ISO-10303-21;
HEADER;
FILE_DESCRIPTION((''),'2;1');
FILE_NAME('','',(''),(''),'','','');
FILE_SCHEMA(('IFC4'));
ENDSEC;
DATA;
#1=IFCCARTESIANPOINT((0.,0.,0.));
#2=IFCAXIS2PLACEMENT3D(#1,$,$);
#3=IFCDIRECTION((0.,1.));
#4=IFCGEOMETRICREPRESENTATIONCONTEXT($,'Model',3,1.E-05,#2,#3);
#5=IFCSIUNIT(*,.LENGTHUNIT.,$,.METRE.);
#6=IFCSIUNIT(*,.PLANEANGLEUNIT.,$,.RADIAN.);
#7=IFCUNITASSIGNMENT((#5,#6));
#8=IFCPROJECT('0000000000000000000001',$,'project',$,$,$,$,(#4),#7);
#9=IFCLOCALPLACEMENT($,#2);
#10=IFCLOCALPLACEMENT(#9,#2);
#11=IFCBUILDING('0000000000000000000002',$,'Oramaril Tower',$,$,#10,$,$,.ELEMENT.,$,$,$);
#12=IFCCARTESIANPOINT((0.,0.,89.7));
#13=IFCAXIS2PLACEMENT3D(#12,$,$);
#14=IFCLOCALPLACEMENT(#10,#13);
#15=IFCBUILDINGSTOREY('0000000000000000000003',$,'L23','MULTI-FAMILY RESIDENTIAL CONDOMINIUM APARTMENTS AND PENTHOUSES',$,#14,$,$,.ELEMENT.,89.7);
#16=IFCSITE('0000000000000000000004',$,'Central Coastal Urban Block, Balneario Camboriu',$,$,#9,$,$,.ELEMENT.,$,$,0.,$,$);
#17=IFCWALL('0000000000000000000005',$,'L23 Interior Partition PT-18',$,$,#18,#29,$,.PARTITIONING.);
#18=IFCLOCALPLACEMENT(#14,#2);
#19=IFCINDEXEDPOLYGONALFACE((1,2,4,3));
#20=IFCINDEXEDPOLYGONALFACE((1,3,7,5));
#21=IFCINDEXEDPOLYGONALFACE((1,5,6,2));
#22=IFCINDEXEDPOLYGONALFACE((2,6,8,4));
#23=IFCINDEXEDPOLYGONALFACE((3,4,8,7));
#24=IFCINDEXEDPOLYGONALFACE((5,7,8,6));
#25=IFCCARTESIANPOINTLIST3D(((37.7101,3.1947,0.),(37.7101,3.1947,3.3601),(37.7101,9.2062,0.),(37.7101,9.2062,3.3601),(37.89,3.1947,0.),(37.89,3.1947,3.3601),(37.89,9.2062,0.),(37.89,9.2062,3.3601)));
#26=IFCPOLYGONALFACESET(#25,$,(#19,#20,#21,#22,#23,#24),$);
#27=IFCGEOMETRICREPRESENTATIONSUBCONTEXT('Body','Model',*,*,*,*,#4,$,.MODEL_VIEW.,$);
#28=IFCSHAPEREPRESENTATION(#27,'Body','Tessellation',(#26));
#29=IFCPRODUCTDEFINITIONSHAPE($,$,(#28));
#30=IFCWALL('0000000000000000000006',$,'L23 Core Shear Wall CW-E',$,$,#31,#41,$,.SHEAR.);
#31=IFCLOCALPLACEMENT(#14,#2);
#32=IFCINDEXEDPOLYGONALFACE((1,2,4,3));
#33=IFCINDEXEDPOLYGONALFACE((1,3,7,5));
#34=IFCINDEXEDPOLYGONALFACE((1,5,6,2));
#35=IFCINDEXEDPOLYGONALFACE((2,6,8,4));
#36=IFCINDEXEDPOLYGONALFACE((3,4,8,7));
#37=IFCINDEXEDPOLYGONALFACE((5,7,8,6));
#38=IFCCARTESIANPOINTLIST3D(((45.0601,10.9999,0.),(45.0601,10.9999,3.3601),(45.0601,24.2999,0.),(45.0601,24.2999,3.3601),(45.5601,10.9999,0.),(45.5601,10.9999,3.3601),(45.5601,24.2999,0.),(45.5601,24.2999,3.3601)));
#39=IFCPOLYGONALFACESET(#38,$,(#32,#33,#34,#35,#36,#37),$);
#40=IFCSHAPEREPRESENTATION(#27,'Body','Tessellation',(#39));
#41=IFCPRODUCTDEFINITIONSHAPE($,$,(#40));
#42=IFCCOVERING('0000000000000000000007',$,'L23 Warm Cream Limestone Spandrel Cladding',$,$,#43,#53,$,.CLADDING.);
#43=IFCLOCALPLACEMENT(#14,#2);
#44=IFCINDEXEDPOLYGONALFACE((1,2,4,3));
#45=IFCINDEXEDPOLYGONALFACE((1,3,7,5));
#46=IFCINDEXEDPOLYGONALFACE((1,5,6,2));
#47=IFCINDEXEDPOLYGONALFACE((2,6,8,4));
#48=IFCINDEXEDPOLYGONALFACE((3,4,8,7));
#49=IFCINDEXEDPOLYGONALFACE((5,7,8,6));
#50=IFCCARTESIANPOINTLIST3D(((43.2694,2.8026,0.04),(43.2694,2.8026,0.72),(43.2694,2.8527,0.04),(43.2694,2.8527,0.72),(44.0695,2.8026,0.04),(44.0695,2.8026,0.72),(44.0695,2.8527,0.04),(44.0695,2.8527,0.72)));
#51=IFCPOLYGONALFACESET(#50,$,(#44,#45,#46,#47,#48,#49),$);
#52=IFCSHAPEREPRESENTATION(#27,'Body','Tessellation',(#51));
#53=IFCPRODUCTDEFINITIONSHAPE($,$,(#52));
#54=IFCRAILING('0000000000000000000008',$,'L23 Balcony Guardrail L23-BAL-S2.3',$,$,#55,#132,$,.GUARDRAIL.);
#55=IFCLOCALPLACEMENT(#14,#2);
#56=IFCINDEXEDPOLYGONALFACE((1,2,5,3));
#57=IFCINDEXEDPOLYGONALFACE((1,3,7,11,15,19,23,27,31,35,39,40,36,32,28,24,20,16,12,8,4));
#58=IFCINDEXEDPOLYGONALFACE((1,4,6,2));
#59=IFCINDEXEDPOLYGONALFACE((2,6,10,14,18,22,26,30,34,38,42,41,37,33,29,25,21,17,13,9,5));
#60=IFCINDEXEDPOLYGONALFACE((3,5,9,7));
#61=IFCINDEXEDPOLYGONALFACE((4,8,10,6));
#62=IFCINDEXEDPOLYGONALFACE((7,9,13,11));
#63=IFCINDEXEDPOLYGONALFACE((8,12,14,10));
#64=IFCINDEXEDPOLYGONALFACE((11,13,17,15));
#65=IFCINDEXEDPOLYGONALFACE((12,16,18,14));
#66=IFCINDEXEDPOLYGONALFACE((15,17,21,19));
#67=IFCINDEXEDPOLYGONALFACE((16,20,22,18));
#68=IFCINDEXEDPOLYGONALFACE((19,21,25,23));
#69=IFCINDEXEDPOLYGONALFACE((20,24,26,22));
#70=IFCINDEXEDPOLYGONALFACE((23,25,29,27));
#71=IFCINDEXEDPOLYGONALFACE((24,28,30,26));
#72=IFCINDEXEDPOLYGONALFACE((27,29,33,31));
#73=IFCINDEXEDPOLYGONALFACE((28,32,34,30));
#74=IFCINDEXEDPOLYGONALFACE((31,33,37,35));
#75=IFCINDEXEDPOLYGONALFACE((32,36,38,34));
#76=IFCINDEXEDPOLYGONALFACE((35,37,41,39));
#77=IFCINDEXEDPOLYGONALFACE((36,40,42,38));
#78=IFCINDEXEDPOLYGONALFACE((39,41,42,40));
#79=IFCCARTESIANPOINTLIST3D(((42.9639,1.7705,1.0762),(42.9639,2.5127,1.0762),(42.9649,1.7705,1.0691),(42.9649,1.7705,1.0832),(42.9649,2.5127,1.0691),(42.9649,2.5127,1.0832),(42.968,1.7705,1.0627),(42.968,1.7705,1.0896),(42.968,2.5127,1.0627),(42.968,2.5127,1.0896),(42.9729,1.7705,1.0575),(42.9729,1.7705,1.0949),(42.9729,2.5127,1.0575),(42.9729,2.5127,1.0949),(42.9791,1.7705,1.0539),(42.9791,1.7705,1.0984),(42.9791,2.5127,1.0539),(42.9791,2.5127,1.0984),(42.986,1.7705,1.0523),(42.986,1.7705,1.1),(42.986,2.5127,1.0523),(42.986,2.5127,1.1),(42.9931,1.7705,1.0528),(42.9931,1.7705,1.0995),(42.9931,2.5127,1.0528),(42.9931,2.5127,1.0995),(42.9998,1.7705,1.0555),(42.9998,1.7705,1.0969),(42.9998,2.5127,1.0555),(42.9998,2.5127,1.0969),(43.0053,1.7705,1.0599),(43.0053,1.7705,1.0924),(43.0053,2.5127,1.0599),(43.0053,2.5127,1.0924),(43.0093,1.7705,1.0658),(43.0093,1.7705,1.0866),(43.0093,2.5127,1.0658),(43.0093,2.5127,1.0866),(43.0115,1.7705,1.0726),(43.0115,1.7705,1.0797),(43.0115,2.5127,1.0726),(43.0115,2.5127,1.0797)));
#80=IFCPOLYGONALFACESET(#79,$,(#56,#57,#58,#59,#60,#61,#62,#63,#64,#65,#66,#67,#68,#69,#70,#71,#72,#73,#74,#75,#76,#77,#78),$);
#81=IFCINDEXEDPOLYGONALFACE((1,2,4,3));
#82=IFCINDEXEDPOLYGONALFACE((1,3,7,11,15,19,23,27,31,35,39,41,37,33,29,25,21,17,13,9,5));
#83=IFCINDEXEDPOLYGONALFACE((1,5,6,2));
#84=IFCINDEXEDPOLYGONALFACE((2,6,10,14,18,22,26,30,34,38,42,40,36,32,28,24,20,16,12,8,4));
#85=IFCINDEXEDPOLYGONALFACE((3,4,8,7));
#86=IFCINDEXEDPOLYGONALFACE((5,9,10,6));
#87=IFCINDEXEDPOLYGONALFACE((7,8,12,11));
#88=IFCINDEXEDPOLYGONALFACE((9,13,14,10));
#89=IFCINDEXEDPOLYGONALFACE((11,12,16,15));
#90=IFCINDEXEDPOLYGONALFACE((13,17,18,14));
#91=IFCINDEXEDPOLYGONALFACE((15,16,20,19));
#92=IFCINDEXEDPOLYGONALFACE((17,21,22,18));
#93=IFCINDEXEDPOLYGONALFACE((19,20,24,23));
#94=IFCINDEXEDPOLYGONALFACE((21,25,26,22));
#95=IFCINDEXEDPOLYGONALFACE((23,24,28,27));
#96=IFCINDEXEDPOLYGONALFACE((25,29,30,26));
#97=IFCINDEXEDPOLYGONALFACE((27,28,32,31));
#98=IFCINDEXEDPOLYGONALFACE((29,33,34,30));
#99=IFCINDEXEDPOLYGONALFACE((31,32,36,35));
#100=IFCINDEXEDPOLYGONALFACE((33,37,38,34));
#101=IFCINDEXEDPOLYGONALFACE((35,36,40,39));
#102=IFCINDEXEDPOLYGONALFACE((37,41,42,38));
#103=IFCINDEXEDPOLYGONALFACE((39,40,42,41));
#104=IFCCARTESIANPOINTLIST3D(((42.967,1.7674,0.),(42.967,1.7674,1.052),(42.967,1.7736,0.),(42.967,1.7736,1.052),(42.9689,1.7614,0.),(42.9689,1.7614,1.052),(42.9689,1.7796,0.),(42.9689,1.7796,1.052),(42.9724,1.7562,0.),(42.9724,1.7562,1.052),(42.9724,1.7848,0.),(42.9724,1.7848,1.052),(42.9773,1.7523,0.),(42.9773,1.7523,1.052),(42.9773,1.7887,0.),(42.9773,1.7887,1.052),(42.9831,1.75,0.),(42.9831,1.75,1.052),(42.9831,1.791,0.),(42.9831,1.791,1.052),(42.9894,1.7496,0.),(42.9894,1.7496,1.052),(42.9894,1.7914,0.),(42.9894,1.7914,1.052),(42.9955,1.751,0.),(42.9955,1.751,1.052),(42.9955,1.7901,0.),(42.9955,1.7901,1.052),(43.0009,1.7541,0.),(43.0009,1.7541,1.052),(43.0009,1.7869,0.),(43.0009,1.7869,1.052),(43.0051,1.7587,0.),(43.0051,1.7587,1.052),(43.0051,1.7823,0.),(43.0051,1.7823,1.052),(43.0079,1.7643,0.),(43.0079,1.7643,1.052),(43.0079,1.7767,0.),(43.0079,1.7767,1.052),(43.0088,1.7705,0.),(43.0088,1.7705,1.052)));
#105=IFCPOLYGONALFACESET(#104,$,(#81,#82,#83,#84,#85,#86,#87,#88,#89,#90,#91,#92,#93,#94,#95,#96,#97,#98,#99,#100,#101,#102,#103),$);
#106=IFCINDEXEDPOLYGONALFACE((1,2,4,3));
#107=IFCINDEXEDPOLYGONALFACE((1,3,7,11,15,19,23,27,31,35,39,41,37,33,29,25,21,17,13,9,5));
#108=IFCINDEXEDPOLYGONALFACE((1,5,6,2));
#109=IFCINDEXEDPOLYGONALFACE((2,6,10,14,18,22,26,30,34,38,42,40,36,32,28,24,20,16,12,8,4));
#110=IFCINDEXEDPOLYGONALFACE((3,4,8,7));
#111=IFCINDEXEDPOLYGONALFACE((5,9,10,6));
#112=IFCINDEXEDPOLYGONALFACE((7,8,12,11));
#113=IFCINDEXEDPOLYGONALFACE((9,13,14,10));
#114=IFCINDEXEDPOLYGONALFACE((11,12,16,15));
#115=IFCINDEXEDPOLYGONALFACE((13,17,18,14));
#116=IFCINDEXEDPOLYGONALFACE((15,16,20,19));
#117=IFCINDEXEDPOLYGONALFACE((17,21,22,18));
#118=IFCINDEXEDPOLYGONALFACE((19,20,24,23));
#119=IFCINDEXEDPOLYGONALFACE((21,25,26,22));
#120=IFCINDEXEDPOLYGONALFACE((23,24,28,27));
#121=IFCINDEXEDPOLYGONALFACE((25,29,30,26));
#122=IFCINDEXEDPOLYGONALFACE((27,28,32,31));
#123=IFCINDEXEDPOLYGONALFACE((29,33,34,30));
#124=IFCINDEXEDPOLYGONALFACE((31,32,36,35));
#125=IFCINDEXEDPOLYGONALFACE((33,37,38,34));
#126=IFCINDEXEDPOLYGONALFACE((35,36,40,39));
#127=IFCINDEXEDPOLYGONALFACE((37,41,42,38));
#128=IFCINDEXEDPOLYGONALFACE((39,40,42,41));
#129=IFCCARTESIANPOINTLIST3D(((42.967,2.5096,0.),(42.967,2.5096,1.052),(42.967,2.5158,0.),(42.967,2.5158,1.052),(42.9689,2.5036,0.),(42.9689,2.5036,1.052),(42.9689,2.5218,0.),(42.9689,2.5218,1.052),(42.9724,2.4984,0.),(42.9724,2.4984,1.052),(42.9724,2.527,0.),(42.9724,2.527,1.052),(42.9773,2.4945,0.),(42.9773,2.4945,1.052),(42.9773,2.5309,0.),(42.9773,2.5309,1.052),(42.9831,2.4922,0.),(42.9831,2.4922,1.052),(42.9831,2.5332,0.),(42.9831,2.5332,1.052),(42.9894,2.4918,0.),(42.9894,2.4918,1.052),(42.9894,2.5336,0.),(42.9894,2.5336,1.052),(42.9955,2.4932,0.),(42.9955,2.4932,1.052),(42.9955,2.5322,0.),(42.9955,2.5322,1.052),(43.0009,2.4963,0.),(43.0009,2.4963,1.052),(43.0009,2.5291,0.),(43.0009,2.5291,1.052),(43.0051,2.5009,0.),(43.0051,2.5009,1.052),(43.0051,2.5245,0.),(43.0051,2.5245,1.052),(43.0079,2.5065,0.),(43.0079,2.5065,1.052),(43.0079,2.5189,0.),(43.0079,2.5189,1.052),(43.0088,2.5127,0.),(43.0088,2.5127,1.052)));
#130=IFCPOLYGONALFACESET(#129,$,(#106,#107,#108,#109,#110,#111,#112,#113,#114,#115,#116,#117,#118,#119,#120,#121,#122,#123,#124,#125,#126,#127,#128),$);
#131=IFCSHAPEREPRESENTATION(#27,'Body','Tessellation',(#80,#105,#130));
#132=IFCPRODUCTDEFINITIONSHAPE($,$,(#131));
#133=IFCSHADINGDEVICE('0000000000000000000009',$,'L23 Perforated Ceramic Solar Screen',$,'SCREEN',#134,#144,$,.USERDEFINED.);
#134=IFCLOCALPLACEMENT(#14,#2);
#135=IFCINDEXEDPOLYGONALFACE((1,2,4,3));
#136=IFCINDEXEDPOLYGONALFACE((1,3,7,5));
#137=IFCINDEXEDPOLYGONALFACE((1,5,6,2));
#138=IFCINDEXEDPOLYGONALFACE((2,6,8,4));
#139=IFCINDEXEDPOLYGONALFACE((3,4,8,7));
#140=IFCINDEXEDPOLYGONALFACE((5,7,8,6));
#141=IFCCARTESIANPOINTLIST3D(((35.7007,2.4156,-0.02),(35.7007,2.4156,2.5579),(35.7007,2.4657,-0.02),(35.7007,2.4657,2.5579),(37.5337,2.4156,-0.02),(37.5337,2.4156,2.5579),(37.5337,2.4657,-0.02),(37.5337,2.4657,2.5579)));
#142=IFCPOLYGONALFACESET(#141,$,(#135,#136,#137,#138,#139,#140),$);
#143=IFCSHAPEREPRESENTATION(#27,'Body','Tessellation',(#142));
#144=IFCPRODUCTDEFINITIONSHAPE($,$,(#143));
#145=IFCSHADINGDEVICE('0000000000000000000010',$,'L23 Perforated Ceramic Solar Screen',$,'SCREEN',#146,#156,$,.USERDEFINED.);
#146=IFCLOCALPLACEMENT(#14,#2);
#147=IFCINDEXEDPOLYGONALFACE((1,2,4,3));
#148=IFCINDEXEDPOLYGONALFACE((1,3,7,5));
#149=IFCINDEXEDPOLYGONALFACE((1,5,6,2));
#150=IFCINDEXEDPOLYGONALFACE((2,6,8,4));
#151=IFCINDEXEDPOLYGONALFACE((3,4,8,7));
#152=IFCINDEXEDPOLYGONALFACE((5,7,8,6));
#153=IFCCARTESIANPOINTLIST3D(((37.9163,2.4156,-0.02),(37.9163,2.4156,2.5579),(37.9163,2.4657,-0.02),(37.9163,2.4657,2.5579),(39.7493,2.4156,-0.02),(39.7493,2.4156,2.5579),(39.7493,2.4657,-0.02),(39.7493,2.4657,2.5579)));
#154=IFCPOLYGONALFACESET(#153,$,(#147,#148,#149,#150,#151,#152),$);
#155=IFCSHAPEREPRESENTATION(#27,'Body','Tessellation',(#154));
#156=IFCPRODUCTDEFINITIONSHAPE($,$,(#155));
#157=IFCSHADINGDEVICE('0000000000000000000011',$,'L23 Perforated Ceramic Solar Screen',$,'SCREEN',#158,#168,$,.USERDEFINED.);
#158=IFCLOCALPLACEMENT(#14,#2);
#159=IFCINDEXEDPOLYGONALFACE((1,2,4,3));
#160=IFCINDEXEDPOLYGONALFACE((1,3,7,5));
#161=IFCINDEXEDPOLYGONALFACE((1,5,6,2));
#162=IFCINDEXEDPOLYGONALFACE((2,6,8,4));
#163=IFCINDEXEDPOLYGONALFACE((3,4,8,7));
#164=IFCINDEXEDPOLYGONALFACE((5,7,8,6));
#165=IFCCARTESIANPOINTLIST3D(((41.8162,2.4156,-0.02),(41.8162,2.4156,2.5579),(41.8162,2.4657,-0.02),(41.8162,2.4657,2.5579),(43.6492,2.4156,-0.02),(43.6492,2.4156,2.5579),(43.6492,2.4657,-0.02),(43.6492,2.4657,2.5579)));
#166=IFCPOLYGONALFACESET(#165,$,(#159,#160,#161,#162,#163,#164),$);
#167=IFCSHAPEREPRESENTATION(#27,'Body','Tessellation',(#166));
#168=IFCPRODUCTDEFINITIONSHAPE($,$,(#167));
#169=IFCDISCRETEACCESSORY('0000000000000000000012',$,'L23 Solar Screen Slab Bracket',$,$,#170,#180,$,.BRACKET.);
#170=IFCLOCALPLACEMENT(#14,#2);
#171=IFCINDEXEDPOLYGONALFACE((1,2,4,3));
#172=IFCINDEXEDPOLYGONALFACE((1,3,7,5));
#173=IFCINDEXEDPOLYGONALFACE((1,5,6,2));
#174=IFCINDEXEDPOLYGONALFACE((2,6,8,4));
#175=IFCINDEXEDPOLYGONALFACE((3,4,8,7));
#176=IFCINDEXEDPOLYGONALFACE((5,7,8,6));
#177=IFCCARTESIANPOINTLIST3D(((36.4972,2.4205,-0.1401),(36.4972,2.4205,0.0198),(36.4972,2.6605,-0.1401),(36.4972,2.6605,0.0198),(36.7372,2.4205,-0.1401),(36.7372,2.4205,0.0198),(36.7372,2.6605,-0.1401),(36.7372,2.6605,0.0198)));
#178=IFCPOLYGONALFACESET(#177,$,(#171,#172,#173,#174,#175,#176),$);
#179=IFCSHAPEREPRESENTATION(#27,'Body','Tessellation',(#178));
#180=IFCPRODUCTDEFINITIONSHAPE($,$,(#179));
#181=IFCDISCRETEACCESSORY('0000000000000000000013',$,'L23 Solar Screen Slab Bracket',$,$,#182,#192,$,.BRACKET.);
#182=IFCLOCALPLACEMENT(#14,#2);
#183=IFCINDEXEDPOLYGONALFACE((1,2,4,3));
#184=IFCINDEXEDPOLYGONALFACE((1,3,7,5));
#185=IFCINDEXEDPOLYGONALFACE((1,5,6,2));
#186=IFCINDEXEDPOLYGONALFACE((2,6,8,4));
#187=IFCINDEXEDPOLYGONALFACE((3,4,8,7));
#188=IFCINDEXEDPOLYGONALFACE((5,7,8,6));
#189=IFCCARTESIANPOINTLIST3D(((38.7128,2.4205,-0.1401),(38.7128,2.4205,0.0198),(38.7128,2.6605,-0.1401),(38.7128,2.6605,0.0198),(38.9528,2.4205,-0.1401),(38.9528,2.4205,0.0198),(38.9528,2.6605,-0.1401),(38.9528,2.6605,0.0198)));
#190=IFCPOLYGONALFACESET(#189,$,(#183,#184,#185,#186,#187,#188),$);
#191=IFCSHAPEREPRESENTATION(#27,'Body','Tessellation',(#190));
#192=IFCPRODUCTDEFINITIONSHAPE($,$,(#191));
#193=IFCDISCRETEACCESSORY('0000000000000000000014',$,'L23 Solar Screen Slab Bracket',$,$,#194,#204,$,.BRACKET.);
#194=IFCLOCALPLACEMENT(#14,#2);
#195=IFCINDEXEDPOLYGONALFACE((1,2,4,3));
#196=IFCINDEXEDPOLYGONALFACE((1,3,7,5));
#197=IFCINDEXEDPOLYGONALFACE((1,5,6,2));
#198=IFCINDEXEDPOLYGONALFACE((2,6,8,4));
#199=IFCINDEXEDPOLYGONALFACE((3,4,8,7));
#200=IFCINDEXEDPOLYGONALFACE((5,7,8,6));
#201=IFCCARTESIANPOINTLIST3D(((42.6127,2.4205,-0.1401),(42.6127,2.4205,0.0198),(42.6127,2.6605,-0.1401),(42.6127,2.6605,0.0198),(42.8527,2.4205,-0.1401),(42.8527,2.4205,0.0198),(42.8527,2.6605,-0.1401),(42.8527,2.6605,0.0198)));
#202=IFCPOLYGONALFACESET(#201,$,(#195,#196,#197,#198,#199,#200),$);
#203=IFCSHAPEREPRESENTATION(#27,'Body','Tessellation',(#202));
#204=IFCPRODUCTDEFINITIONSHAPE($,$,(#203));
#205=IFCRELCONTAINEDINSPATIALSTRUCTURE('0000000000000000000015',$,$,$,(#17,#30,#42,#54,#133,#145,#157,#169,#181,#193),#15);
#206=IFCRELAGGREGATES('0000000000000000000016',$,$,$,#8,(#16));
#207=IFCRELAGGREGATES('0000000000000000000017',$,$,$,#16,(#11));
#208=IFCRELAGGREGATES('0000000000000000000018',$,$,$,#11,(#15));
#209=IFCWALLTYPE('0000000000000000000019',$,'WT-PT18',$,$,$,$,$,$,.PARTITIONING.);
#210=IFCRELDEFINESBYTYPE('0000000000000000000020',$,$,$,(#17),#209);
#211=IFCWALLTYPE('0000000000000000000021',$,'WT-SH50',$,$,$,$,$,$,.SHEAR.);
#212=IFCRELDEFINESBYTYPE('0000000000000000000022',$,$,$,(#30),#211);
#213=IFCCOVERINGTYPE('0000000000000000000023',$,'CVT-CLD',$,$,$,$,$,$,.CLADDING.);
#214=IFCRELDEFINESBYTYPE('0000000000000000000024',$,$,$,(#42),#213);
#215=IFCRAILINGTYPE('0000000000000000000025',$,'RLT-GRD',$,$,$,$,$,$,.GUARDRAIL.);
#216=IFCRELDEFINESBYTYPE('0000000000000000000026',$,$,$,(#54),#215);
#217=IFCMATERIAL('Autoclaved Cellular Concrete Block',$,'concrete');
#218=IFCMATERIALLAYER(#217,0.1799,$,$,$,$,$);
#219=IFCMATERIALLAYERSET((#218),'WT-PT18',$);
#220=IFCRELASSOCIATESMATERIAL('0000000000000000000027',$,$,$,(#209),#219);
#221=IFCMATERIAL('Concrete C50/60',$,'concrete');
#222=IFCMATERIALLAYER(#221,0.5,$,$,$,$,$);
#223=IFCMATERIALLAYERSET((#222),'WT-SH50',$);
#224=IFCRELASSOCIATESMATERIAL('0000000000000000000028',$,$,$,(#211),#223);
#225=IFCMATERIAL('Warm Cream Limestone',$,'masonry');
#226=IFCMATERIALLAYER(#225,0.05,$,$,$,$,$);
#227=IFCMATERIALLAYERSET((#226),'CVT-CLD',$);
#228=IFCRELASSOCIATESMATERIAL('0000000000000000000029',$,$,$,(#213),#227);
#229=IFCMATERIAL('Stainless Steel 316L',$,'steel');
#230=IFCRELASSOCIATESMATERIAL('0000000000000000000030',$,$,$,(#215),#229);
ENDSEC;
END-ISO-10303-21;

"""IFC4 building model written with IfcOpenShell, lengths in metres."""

from ifc_helpers import new_model, si_unit, direction, frame, frame_2d, origin, origin_2d, place, context, subcontext, project, spatial, rectangle, circle, extrude, material, layer, layer_set, type_object, element, save


model = new_model("IFC4")

# Units and contexts
model_context = context("Model", 3, precision=1e-05, world=origin(), true_north=direction((0.0, 1.0)))
body_context = subcontext(model_context, "Body", "Model", "MODEL_VIEW")
ifc_project = project(units=[si_unit("LENGTHUNIT", "METRE"), si_unit("PLANEANGLEUNIT", "RADIAN")], contexts=[model_context])

# Site, building, storey
site_placement = place(None, origin())
site = spatial("IfcSite", under=ifc_project, at=site_placement, Name="Central Coastal Urban Block, Balneario Camboriu", CompositionType="ELEMENT", RefElevation=0.0)
building_placement = place(site_placement, origin())
building = spatial("IfcBuilding", under=site, at=building_placement, Name="Oramaril Tower", CompositionType="ELEMENT")
storey_placement = place(building_placement, frame((0.0, 0.0, 89.7)))
storey = spatial("IfcBuildingStorey", under=building, at=storey_placement, Name="L23", Description="MULTI-FAMILY RESIDENTIAL CONDOMINIUM APARTMENTS AND PENTHOUSES", CompositionType="ELEMENT", Elevation=89.7)

# Walls
ifc_material_1 = material(Name="Autoclaved Cellular Concrete Block", Category="concrete")
ifc_layer_1 = layer(ifc_material_1, 0.1799)
ifc_layer_set_1 = layer_set([ifc_layer_1], Name="WT-PT18")
wall_type_1 = type_object("IfcWallType", Name="WT-PT18", PredefinedType="PARTITIONING", material=ifc_layer_set_1)
wall_1_placement = place(storey_placement, frame((37.8, 3.1946, 0.0), z_axis=(0.0, 0.0, 1.0), x_axis=(0.0, 1.0, 0.0)))
element("IfcWall", 1, at=wall_1_placement, inside=storey, type_object=wall_type_1, Name="L23 Interior Partition PT-18", PredefinedType="PARTITIONING", context=body_context, shape_type="SweptSolid", body=[
    extrude(rectangle(XDim=6.0115, YDim=0.1799, at=frame_2d((3.0059, 0.0))), origin(), (0.0, 0.0, 1.0), 3.3601),
])
ifc_material_2 = material(Name="Concrete C50/60", Category="concrete")
ifc_layer_2 = layer(ifc_material_2, 0.5)
ifc_layer_set_2 = layer_set([ifc_layer_2], Name="WT-SH50")
wall_type_2 = type_object("IfcWallType", Name="WT-SH50", PredefinedType="SHEAR", material=ifc_layer_set_2)
wall_2_placement = place(storey_placement, frame((45.3101, 11.0, 0.0), z_axis=(0.0, 0.0, 1.0), x_axis=(0.0, 1.0, 0.0)))
element("IfcWall", 2, at=wall_2_placement, inside=storey, type_object=wall_type_2, Name="L23 Core Shear Wall CW-E", PredefinedType="SHEAR", context=body_context, shape_type="SweptSolid", body=[
    extrude(rectangle(XDim=13.3, YDim=0.5, at=frame_2d((6.6499, 0.0))), origin(), (0.0, 0.0, 1.0), 3.3601),
])

# Covering
ifc_material_3 = material(Name="Warm Cream Limestone", Category="masonry")
ifc_layer_3 = layer(ifc_material_3, 0.05)
ifc_layer_set_3 = layer_set([ifc_layer_3], Name="CVT-CLD")
covering_type = type_object("IfcCoveringType", Name="CVT-CLD", PredefinedType="CLADDING", material=ifc_layer_set_3)
covering_placement = place(storey_placement, frame((43.6694, 2.8276, 0.04), z_axis=(0.0, 0.0, 1.0), x_axis=(1.0, 0.0, 0.0)))
element("IfcCovering", 3, at=covering_placement, inside=storey, type_object=covering_type, Name="L23 Warm Cream Limestone Spandrel Cladding", PredefinedType="CLADDING", context=body_context, shape_type="SweptSolid", body=[
    extrude(rectangle(XDim=0.8, YDim=0.05, at=origin_2d()), origin(), (0.0, 0.0, 1.0), 0.6799),
])

# Railing
ifc_material_4 = material(Name="Stainless Steel 316L", Category="steel")
railing_type = type_object("IfcRailingType", Name="RLT-GRD", PredefinedType="GUARDRAIL", material=ifc_material_4)
railing_placement = place(storey_placement, frame((42.9878, 1.7705, 0.0)))
element("IfcRailing", 4, at=railing_placement, inside=storey, type_object=railing_type, Name="L23 Balcony Guardrail L23-BAL-S2.3", PredefinedType="GUARDRAIL", context=body_context, shape_type="SweptSolid", body=[
    extrude(circle(Radius=0.0239, at=origin_2d()), frame((0.0, 0.0, 1.0762), z_axis=(0.0, 1.0, 0.0), x_axis=(-1.0, 0.0, 0.0)), (0.0, 0.0, 1.0), 0.7422),
    extrude(circle(Radius=0.021, at=origin_2d()), origin(), (0.0, 0.0, 1.0), 1.052),
    extrude(circle(Radius=0.021, at=origin_2d()), frame((0.0, 0.7422, 0.0)), (0.0, 0.0, 1.0), 1.052),
])

# Shading devices
for number, where, z_axis, x_axis, name in (
    (5, (36.6172, 2.4407, -0.02), (0.0, 0.0, 1.0), (1.0, 0.0, 0.0), "L23 Perforated Ceramic Solar Screen"),
    (6, (38.8328, 2.4407, -0.02), (0.0, 0.0, 1.0), (1.0, 0.0, 0.0), "L23 Perforated Ceramic Solar Screen"),
    (7, (42.7327, 2.4407, -0.02), (0.0, 0.0, 1.0), (1.0, 0.0, 0.0), "L23 Perforated Ceramic Solar Screen"),
):
    element("IfcShadingDevice", number, at=place(storey_placement, frame(where, z_axis=z_axis, x_axis=x_axis)), inside=storey, Name=name, ObjectType="SCREEN", PredefinedType="USERDEFINED", context=body_context, shape_type="SweptSolid", body=[
        extrude(rectangle(XDim=1.833, YDim=0.05, at=origin_2d()), origin(), (0.0, 0.0, 1.0), 2.5779),
    ])

# Discrete accessories
for number, where, z_axis, x_axis, name in (
    (8, (36.6172, 2.5405, -0.1401), (0.0, 0.0, 1.0), (1.0, 0.0, 0.0), "L23 Solar Screen Slab Bracket"),
    (9, (38.8328, 2.5405, -0.1401), (0.0, 0.0, 1.0), (1.0, 0.0, 0.0), "L23 Solar Screen Slab Bracket"),
    (10, (42.7327, 2.5405, -0.1401), (0.0, 0.0, 1.0), (1.0, 0.0, 0.0), "L23 Solar Screen Slab Bracket"),
):
    element("IfcDiscreteAccessory", number, at=place(storey_placement, frame(where, z_axis=z_axis, x_axis=x_axis)), inside=storey, Name=name, PredefinedType="BRACKET", context=body_context, shape_type="SweptSolid", body=[
        extrude(rectangle(XDim=0.24, YDim=0.24, at=origin_2d()), origin(), (0.0, 0.0, 1.0), 0.1599),
    ])

save(model, "model.ifc")
